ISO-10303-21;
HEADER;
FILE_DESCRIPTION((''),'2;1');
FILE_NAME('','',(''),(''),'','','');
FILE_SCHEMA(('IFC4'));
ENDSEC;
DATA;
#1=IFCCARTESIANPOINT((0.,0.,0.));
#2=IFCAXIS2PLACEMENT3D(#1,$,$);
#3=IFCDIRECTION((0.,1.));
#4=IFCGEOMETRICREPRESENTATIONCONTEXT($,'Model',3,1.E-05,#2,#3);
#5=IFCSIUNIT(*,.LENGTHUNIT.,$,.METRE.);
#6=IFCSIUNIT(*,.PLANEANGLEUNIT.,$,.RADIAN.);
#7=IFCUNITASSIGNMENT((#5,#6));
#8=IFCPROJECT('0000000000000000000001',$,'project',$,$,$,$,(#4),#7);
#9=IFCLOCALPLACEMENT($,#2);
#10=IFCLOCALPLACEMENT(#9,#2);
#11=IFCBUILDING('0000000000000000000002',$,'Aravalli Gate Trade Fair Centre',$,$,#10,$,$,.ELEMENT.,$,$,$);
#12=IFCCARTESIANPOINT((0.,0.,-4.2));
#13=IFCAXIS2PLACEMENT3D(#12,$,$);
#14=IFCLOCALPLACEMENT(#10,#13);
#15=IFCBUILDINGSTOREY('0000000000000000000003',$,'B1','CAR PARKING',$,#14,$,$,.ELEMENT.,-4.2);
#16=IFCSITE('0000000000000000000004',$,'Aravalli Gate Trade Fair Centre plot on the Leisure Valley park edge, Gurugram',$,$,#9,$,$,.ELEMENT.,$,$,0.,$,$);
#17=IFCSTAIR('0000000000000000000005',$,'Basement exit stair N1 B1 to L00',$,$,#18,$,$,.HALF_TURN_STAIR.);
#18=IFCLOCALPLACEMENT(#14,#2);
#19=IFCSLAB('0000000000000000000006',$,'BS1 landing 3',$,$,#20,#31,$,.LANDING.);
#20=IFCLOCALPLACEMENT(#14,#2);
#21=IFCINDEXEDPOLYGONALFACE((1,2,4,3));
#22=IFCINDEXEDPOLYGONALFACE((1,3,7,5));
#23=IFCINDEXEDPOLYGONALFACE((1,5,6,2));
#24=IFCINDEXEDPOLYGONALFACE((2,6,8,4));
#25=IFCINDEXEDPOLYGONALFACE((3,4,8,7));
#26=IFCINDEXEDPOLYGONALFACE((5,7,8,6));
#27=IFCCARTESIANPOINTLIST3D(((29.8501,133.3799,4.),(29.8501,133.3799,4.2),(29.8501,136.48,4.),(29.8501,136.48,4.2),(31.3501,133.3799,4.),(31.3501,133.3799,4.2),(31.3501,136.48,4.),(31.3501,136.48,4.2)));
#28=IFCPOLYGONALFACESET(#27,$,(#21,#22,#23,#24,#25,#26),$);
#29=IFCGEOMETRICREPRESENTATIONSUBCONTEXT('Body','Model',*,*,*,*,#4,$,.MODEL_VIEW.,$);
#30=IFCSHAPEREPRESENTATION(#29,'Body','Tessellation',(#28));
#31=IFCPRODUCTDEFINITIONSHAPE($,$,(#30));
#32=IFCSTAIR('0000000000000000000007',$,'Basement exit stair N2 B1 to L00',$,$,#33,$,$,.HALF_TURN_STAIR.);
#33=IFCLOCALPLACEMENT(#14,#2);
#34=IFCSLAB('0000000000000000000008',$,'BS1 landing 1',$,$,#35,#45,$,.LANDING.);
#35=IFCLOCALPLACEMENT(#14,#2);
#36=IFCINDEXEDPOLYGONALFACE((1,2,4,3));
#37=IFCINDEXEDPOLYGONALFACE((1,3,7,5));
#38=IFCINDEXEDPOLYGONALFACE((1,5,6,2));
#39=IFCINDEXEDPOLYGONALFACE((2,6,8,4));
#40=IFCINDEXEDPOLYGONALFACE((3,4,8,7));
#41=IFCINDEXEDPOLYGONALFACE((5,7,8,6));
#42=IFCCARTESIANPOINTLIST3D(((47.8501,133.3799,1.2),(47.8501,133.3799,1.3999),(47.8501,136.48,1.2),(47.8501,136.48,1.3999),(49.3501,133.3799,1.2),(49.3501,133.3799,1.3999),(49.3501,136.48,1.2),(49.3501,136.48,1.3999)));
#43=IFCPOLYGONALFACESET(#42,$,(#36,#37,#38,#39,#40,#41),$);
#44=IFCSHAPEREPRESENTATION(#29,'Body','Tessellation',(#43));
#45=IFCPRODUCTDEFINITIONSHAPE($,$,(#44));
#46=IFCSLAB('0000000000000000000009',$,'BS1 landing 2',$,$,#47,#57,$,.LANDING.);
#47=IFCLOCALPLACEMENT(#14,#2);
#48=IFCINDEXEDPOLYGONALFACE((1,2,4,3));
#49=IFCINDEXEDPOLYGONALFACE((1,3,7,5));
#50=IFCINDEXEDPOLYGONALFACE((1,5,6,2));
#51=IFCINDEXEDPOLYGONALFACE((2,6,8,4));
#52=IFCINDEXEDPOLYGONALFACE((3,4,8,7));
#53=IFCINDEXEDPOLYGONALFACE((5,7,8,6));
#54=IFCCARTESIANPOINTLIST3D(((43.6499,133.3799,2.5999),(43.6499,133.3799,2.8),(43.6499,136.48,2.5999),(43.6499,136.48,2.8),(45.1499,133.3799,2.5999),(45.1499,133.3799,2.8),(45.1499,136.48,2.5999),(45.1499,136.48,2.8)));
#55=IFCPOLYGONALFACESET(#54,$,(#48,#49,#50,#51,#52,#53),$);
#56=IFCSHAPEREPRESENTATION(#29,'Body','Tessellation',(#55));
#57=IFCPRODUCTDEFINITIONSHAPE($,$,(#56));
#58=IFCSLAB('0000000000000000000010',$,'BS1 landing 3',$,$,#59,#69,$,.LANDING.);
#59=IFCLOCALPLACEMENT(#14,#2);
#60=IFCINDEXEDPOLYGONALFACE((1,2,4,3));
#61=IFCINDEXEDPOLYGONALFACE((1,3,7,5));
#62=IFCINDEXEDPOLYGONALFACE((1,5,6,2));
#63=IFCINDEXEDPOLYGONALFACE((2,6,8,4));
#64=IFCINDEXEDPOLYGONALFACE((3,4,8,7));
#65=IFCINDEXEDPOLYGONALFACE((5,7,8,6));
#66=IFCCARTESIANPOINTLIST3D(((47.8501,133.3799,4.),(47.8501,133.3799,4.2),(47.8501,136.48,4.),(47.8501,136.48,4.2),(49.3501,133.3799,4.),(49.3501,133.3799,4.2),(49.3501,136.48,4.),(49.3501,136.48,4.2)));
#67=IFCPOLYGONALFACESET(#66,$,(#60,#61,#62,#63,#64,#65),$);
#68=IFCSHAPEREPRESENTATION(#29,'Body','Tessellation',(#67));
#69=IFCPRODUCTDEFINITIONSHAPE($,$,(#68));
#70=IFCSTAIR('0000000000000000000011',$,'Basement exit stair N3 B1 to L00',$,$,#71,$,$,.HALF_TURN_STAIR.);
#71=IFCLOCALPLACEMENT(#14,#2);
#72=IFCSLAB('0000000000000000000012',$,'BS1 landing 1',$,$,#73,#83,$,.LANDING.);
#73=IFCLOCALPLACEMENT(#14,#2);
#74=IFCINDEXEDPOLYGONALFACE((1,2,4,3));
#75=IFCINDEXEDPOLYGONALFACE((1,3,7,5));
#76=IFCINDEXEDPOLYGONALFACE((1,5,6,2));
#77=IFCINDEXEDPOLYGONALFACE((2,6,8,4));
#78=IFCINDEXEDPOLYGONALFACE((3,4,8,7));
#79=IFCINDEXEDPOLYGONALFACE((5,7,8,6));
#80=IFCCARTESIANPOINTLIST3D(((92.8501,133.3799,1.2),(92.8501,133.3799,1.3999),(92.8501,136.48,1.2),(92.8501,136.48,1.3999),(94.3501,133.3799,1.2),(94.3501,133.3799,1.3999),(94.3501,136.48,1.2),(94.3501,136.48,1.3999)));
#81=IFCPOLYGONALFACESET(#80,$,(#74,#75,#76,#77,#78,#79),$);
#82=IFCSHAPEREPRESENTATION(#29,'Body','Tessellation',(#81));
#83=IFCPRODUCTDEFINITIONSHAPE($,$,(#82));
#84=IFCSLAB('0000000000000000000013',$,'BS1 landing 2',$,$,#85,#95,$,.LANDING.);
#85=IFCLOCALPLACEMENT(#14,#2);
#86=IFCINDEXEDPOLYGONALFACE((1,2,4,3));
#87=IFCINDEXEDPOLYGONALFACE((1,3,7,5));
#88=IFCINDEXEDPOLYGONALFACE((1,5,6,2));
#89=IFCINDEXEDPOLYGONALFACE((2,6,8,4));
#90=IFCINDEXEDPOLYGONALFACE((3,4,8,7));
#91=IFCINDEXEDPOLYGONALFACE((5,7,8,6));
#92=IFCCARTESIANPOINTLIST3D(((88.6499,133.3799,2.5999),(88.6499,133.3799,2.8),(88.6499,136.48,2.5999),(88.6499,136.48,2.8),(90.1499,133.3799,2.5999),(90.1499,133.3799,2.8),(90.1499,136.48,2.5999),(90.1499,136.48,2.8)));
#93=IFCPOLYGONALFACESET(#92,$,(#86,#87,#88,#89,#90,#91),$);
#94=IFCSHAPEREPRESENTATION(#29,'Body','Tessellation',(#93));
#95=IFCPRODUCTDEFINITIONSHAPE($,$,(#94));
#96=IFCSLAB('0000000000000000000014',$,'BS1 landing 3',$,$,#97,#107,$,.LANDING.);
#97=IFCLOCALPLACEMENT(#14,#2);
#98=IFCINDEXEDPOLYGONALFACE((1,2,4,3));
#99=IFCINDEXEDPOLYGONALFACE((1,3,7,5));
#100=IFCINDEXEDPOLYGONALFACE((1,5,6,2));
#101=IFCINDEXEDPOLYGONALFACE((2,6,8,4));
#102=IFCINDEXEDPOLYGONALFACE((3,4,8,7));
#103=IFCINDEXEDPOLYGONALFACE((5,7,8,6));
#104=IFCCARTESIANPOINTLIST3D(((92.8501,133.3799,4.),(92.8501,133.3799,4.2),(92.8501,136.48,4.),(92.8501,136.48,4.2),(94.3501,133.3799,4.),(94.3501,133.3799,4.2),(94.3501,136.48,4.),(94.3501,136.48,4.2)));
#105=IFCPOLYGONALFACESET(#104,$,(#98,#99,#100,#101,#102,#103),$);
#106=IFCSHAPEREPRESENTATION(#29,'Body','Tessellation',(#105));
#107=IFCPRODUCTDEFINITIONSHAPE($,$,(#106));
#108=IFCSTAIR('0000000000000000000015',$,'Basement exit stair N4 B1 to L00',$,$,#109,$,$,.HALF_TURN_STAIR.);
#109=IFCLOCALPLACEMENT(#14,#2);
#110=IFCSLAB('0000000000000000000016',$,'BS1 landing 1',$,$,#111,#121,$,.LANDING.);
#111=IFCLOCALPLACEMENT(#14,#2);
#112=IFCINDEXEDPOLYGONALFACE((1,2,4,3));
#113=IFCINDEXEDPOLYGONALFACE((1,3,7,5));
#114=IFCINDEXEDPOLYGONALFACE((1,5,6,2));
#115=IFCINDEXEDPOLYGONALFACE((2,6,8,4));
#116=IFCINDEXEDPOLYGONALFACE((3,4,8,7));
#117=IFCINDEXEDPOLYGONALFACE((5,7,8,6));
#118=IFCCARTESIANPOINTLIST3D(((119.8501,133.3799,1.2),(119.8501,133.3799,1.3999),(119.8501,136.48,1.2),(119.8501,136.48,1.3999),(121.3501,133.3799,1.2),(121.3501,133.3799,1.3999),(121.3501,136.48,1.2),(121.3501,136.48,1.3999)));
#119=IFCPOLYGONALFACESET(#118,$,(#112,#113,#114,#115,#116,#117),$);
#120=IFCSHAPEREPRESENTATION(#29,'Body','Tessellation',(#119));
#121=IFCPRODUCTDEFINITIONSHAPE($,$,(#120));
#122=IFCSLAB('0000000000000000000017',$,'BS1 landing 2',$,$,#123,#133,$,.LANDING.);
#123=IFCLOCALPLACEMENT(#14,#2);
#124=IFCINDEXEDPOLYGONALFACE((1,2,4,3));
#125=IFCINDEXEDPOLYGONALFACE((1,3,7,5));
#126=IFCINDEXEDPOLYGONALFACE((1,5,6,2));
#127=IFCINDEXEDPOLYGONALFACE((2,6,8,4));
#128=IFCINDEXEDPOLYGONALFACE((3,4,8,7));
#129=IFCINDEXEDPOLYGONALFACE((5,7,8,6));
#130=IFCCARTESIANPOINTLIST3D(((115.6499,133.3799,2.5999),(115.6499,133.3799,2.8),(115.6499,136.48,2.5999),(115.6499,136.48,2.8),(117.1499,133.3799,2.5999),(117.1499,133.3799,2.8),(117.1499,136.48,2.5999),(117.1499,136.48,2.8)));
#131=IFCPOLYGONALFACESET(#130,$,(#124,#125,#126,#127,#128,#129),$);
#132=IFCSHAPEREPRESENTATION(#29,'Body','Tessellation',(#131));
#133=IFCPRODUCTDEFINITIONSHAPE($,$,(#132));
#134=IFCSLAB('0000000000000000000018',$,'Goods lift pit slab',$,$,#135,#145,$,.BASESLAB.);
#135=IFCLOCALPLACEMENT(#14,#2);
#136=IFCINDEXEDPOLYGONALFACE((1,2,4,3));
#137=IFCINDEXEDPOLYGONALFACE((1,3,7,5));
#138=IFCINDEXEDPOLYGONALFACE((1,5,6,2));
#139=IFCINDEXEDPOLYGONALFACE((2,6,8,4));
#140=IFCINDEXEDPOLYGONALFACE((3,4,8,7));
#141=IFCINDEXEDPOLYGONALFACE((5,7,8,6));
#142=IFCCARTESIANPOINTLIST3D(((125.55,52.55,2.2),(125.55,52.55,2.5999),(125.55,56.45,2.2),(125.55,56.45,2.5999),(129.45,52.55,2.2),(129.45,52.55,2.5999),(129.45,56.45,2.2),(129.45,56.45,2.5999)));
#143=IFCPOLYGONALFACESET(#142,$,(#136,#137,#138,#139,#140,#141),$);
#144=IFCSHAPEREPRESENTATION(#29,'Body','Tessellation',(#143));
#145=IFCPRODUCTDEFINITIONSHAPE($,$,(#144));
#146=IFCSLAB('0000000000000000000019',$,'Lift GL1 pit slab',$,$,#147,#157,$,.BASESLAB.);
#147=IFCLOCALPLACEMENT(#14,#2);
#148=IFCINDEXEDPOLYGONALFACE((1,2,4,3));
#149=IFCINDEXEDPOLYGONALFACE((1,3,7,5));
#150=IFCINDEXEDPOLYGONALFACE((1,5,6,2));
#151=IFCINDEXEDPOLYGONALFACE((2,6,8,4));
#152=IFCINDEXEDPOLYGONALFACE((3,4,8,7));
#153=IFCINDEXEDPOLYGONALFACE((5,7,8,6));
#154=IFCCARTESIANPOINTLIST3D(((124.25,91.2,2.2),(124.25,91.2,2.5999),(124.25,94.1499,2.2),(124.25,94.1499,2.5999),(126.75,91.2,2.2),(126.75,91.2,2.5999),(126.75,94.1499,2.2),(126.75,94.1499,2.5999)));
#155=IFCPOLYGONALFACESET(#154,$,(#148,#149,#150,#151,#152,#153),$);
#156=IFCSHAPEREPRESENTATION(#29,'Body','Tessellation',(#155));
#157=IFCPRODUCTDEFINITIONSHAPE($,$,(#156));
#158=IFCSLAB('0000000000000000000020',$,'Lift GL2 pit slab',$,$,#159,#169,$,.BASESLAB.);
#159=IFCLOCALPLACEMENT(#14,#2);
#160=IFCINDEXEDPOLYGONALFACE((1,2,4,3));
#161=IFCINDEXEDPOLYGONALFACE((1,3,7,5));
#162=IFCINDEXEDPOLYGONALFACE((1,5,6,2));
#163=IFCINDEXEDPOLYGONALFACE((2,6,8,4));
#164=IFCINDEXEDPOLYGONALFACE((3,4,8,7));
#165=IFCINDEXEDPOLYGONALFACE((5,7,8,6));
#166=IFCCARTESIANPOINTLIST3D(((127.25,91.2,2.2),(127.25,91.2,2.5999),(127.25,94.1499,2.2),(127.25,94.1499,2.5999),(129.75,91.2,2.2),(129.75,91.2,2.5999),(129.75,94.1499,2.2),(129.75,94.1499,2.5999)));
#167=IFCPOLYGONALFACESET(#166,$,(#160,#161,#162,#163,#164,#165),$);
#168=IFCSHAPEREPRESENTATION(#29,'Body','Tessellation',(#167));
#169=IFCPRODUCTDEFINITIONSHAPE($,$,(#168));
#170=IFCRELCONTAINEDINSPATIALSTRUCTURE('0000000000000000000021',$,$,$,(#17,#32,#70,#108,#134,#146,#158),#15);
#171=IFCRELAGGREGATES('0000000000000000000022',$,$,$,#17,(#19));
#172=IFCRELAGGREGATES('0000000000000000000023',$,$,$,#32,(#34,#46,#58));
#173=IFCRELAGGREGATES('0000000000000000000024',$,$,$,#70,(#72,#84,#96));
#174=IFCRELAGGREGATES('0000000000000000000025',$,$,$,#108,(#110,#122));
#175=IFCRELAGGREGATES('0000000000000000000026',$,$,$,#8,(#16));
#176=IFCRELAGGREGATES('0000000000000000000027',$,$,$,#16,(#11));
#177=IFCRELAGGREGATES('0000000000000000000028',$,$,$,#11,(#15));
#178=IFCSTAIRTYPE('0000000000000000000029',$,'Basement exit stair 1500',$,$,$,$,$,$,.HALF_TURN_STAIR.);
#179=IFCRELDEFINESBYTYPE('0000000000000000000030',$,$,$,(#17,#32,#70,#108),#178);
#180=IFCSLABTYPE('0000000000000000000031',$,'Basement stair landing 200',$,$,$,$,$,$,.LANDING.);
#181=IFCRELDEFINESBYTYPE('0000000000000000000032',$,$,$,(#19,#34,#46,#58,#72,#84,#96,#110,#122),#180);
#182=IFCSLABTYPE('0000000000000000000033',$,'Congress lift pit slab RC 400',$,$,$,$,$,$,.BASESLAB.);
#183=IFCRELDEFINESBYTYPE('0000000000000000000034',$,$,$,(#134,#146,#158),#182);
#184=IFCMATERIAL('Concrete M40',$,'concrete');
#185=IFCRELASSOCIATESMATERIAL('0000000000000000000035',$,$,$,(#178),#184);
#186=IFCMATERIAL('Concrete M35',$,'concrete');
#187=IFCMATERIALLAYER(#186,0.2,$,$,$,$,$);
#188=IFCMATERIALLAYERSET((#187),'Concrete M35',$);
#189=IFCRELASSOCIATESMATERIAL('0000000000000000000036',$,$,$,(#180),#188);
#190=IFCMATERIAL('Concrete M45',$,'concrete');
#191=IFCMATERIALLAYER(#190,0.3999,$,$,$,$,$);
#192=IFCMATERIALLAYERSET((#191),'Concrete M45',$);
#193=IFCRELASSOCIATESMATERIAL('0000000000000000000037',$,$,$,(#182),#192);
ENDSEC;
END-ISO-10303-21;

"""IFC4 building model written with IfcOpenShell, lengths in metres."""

from ifc_helpers import new_model, si_unit, direction, frame, origin, place, context, subcontext, project, spatial, polyline, outline, extrude, material, layer, layer_set, type_object, element, aggregate, save


model = new_model("IFC4")

# Units and contexts
model_context = context("Model", 3, precision=1e-05, world=origin(), true_north=direction((0.0, 1.0)))
body_context = subcontext(model_context, "Body", "Model", "MODEL_VIEW")
ifc_project = project(units=[si_unit("LENGTHUNIT", "METRE"), si_unit("PLANEANGLEUNIT", "RADIAN")], contexts=[model_context])

# Site, building, storey
site_placement = place(None, origin())
site = spatial("IfcSite", under=ifc_project, at=site_placement, Name="Aravalli Gate Trade Fair Centre plot on the Leisure Valley park edge, Gurugram", CompositionType="ELEMENT", RefElevation=0.0)
building_placement = place(site_placement, origin())
building = spatial("IfcBuilding", under=site, at=building_placement, Name="Aravalli Gate Trade Fair Centre", CompositionType="ELEMENT")
storey_placement = place(building_placement, frame((0.0, 0.0, -4.2)))
storey = spatial("IfcBuildingStorey", under=building, at=storey_placement, Name="B1", Description="CAR PARKING", CompositionType="ELEMENT", Elevation=-4.2)

# Shared definitions
ifc_material_1 = material(Name="Concrete M40", Category="concrete")

# Stairs, slabs
stair_type = type_object("IfcStairType", Name="Basement exit stair 1500", PredefinedType="HALF_TURN_STAIR", material=ifc_material_1)
ifc_material_2 = material(Name="Concrete M35", Category="concrete")
ifc_layer_1 = layer(ifc_material_2, 0.2)
ifc_layer_set_1 = layer_set([ifc_layer_1], Name="Concrete M35")
slab_type_1 = type_object("IfcSlabType", Name="Basement stair landing 200", PredefinedType="LANDING", material=ifc_layer_set_1)
stair_1_placement = place(storey_placement, origin())
stair_1 = element("IfcStair", 1, at=stair_1_placement, inside=storey, type_object=stair_type, Name="Basement exit stair N1 B1 to L00", PredefinedType="HALF_TURN_STAIR")
slab_1_placement = place(storey_placement, frame((0.0, 0.0, 4.0)))
slab_1 = element("IfcSlab", 2, at=slab_1_placement, type_object=slab_type_1, Name="BS1 landing 3", PredefinedType="LANDING", context=body_context, shape_type="SweptSolid", body=[
    extrude(outline(polyline([(29.8501, 133.3799), (31.3501, 133.3799), (31.3501, 136.48), (29.8501, 136.48), (29.8501, 133.3799)])), origin(), (0.0, 0.0, 1.0), 0.2),
])
aggregate(stair_1, [slab_1])
stair_2_placement = place(storey_placement, origin())
stair_2 = element("IfcStair", 3, at=stair_2_placement, inside=storey, type_object=stair_type, Name="Basement exit stair N2 B1 to L00", PredefinedType="HALF_TURN_STAIR")
slab_2_placement = place(storey_placement, frame((0.0, 0.0, 1.2)))
slab_2 = element("IfcSlab", 4, at=slab_2_placement, type_object=slab_type_1, Name="BS1 landing 1", PredefinedType="LANDING", context=body_context, shape_type="SweptSolid", body=[
    extrude(outline(polyline([(47.8501, 133.3799), (49.3501, 133.3799), (49.3501, 136.48), (47.8501, 136.48), (47.8501, 133.3799)])), origin(), (0.0, 0.0, 1.0), 0.2),
])
slab_3_placement = place(storey_placement, frame((0.0, 0.0, 2.5999)))
slab_3 = element("IfcSlab", 5, at=slab_3_placement, type_object=slab_type_1, Name="BS1 landing 2", PredefinedType="LANDING", context=body_context, shape_type="SweptSolid", body=[
    extrude(outline(polyline([(43.6499, 133.3799), (45.1499, 133.3799), (45.1499, 136.48), (43.6499, 136.48), (43.6499, 133.3799)])), origin(), (0.0, 0.0, 1.0), 0.2002),
])
slab_4_placement = place(storey_placement, frame((0.0, 0.0, 4.0)))
slab_4 = element("IfcSlab", 6, at=slab_4_placement, type_object=slab_type_1, Name="BS1 landing 3", PredefinedType="LANDING", context=body_context, shape_type="SweptSolid", body=[
    extrude(outline(polyline([(47.8501, 133.3799), (49.3501, 133.3799), (49.3501, 136.48), (47.8501, 136.48), (47.8501, 133.3799)])), origin(), (0.0, 0.0, 1.0), 0.2),
])
aggregate(stair_2, [slab_2, slab_3, slab_4])
stair_3_placement = place(storey_placement, origin())
stair_3 = element("IfcStair", 7, at=stair_3_placement, inside=storey, type_object=stair_type, Name="Basement exit stair N3 B1 to L00", PredefinedType="HALF_TURN_STAIR")
slab_5_placement = place(storey_placement, frame((0.0, 0.0, 1.2)))
slab_5 = element("IfcSlab", 8, at=slab_5_placement, type_object=slab_type_1, Name="BS1 landing 1", PredefinedType="LANDING", context=body_context, shape_type="SweptSolid", body=[
    extrude(outline(polyline([(92.8501, 133.3799), (94.3501, 133.3799), (94.3501, 136.48), (92.8501, 136.48), (92.8501, 133.3799)])), origin(), (0.0, 0.0, 1.0), 0.2),
])
slab_6_placement = place(storey_placement, frame((0.0, 0.0, 2.5999)))
slab_6 = element("IfcSlab", 9, at=slab_6_placement, type_object=slab_type_1, Name="BS1 landing 2", PredefinedType="LANDING", context=body_context, shape_type="SweptSolid", body=[
    extrude(outline(polyline([(88.6499, 133.3799), (90.1499, 133.3799), (90.1499, 136.48), (88.6499, 136.48), (88.6499, 133.3799)])), origin(), (0.0, 0.0, 1.0), 0.2002),
])
slab_7_placement = place(storey_placement, frame((0.0, 0.0, 4.0)))
slab_7 = element("IfcSlab", 10, at=slab_7_placement, type_object=slab_type_1, Name="BS1 landing 3", PredefinedType="LANDING", context=body_context, shape_type="SweptSolid", body=[
    extrude(outline(polyline([(92.8501, 133.3799), (94.3501, 133.3799), (94.3501, 136.48), (92.8501, 136.48), (92.8501, 133.3799)])), origin(), (0.0, 0.0, 1.0), 0.2),
])
aggregate(stair_3, [slab_5, slab_6, slab_7])
stair_4_placement = place(storey_placement, origin())
stair_4 = element("IfcStair", 11, at=stair_4_placement, inside=storey, type_object=stair_type, Name="Basement exit stair N4 B1 to L00", PredefinedType="HALF_TURN_STAIR")
slab_8_placement = place(storey_placement, frame((0.0, 0.0, 1.2)))
slab_8 = element("IfcSlab", 12, at=slab_8_placement, type_object=slab_type_1, Name="BS1 landing 1", PredefinedType="LANDING", context=body_context, shape_type="SweptSolid", body=[
    extrude(outline(polyline([(119.8501, 133.3799), (121.3501, 133.3799), (121.3501, 136.48), (119.8501, 136.48), (119.8501, 133.3799)])), origin(), (0.0, 0.0, 1.0), 0.2),
])
slab_9_placement = place(storey_placement, frame((0.0, 0.0, 2.5999)))
slab_9 = element("IfcSlab", 13, at=slab_9_placement, type_object=slab_type_1, Name="BS1 landing 2", PredefinedType="LANDING", context=body_context, shape_type="SweptSolid", body=[
    extrude(outline(polyline([(115.6499, 133.3799), (117.1499, 133.3799), (117.1499, 136.48), (115.6499, 136.48), (115.6499, 133.3799)])), origin(), (0.0, 0.0, 1.0), 0.2002),
])
aggregate(stair_4, [slab_8, slab_9])

# Slabs
ifc_material_3 = material(Name="Concrete M45", Category="concrete")
ifc_layer_2 = layer(ifc_material_3, 0.3999)
ifc_layer_set_2 = layer_set([ifc_layer_2], Name="Concrete M45")
slab_type_2 = type_object("IfcSlabType", Name="Congress lift pit slab RC 400", PredefinedType="BASESLAB", material=ifc_layer_set_2)
slab_10_placement = place(storey_placement, frame((0.0, 0.0, 2.2)))
element("IfcSlab", 14, at=slab_10_placement, inside=storey, type_object=slab_type_2, Name="Goods lift pit slab", PredefinedType="BASESLAB", context=body_context, shape_type="SweptSolid", body=[
    extrude(outline(polyline([(125.55, 52.55), (129.45, 52.55), (129.45, 56.45), (125.55, 56.45), (125.55, 52.55)])), origin(), (0.0, 0.0, 1.0), 0.3999),
])
slab_11_placement = place(storey_placement, frame((0.0, 0.0, 2.2)))
element("IfcSlab", 15, at=slab_11_placement, inside=storey, type_object=slab_type_2, Name="Lift GL1 pit slab", PredefinedType="BASESLAB", context=body_context, shape_type="SweptSolid", body=[
    extrude(outline(polyline([(124.25, 91.2), (126.75, 91.2), (126.75, 94.1499), (124.25, 94.1499), (124.25, 91.2)])), origin(), (0.0, 0.0, 1.0), 0.3999),
])
slab_12_placement = place(storey_placement, frame((0.0, 0.0, 2.2)))
element("IfcSlab", 16, at=slab_12_placement, inside=storey, type_object=slab_type_2, Name="Lift GL2 pit slab", PredefinedType="BASESLAB", context=body_context, shape_type="SweptSolid", body=[
    extrude(outline(polyline([(127.25, 91.2), (129.75, 91.2), (129.75, 94.1499), (127.25, 94.1499), (127.25, 91.2)])), origin(), (0.0, 0.0, 1.0), 0.3999),
])

save(model, "model.ifc")
